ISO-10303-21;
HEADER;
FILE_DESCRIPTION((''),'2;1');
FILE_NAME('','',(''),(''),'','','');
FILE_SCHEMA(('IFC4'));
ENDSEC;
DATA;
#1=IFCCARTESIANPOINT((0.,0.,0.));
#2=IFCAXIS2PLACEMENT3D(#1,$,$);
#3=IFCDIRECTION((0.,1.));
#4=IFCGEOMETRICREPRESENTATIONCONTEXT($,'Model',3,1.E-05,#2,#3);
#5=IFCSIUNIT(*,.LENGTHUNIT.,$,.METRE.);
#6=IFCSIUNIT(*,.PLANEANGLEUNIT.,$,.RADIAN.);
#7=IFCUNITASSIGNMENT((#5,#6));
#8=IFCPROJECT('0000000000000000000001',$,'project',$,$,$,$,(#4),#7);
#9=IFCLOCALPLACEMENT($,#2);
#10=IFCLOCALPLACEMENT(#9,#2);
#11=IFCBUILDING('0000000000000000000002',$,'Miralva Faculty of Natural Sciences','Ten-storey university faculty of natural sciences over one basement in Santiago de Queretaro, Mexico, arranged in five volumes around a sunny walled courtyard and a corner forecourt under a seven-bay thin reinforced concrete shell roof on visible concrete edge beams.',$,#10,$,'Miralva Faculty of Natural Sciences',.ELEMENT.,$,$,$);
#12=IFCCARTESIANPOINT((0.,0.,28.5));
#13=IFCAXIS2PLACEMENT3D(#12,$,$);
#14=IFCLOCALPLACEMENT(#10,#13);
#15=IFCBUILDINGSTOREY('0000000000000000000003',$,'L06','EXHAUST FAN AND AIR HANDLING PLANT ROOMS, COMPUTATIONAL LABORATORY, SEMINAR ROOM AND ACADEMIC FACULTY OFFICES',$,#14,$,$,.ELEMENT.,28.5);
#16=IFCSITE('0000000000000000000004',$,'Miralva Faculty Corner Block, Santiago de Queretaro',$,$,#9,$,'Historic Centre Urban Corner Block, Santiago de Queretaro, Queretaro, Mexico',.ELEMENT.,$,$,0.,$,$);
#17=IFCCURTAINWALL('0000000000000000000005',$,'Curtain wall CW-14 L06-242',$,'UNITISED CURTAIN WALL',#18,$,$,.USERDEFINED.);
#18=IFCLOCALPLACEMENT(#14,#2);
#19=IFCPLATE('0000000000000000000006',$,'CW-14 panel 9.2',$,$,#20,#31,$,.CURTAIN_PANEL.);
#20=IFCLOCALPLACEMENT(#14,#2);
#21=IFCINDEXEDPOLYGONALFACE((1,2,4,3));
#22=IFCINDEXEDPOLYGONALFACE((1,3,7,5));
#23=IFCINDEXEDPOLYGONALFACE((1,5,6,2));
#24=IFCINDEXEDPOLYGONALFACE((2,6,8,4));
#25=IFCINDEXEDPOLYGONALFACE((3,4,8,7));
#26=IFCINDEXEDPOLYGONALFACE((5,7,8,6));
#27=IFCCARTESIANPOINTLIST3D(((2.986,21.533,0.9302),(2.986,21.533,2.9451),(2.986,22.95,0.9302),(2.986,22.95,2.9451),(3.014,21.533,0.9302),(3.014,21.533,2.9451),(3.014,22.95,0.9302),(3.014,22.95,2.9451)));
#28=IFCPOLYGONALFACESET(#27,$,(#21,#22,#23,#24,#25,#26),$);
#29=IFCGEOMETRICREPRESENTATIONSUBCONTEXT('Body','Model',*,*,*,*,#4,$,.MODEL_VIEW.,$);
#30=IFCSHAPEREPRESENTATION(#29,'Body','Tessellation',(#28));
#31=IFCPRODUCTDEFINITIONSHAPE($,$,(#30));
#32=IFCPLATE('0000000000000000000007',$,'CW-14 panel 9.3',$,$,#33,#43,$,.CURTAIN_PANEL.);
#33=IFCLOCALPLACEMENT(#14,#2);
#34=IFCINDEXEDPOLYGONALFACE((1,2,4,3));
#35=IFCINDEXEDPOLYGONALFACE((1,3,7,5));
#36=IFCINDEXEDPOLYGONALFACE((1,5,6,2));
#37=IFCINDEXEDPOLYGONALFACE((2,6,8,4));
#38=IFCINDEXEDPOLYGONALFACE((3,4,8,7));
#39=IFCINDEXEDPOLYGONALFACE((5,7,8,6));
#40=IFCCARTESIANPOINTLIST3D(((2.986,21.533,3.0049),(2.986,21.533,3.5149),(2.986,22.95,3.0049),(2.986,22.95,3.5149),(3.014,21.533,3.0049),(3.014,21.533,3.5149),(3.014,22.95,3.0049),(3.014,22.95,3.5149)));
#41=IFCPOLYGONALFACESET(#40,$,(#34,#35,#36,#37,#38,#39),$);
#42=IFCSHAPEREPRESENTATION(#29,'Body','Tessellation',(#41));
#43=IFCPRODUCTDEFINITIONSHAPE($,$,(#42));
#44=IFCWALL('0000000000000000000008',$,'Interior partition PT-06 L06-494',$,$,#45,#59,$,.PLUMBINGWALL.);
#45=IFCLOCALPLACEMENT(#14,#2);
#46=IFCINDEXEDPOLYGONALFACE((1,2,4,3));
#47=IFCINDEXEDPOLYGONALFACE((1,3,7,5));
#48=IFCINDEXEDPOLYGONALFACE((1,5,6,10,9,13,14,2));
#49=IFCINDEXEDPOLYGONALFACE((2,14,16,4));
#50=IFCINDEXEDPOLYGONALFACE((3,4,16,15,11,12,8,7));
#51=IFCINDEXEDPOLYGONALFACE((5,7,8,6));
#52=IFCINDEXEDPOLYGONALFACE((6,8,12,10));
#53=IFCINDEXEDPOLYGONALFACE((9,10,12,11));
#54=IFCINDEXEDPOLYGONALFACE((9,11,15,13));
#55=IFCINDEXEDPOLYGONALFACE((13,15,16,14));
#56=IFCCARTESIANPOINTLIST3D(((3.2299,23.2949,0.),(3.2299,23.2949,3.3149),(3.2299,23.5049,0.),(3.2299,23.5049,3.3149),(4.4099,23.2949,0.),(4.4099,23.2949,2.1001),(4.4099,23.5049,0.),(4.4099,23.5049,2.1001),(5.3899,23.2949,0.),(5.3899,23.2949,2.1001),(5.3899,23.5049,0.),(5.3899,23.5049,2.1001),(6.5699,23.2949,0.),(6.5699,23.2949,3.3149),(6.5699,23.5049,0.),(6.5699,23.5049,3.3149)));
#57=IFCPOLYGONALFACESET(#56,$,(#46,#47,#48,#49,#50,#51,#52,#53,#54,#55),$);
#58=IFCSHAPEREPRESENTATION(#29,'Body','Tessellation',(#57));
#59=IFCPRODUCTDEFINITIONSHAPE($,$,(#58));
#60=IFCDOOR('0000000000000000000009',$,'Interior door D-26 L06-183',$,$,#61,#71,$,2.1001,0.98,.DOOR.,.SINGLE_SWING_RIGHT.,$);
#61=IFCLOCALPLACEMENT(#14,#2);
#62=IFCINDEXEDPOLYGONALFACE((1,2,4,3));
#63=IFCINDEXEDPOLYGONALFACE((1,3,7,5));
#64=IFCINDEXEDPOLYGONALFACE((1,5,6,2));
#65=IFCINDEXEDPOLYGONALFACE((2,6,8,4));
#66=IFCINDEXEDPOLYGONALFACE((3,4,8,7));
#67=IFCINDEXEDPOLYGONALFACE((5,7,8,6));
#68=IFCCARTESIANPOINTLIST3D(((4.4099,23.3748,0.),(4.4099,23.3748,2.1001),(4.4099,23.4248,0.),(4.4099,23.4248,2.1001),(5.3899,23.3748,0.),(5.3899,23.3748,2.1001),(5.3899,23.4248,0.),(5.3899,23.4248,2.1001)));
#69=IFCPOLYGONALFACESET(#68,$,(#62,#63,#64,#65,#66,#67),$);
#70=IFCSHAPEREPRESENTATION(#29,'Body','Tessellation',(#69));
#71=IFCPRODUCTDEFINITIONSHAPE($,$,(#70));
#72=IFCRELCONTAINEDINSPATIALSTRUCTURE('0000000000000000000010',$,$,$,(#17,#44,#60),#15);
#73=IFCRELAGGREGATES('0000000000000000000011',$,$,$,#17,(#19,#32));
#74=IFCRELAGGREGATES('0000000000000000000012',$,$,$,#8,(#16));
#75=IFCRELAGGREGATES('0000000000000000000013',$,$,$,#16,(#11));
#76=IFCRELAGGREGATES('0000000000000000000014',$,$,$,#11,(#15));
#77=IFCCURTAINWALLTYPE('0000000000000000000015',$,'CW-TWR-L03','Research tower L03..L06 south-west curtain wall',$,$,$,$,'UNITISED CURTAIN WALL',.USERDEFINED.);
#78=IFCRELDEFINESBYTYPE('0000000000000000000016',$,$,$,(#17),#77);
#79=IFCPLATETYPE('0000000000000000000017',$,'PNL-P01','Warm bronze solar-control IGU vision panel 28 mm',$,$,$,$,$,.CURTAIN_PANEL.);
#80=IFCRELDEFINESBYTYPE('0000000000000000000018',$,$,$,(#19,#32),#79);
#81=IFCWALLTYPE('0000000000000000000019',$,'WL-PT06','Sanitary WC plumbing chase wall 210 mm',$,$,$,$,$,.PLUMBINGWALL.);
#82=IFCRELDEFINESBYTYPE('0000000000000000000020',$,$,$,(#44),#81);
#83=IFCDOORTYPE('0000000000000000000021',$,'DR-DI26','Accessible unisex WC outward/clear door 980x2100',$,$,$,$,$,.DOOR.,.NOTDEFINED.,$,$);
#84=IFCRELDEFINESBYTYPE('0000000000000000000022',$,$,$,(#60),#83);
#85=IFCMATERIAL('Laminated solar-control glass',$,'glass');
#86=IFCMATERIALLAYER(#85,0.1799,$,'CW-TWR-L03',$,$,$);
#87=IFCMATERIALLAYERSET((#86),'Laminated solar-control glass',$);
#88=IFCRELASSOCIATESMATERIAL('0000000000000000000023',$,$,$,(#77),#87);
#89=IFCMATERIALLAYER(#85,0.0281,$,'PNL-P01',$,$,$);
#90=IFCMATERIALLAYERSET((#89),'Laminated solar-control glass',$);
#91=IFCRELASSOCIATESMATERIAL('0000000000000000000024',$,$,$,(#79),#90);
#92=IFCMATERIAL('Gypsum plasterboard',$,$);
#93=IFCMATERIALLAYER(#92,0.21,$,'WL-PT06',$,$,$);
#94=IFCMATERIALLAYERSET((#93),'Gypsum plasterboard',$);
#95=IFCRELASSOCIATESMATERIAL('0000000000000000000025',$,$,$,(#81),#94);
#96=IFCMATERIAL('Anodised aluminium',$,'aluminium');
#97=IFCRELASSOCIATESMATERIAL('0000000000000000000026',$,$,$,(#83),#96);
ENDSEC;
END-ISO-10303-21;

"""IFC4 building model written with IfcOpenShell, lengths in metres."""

from ifc_helpers import new_model, si_unit, direction, frame, frame_2d, origin, origin_2d, place, context, subcontext, project, spatial, rectangle, extrude, material, layer, layer_set, type_object, element, fill, aggregate, save


model = new_model("IFC4")

# Units and contexts
model_context = context("Model", 3, precision=1e-05, world=origin(), true_north=direction((0.0, 1.0)))
body_context = subcontext(model_context, "Body", "Model", "MODEL_VIEW")
ifc_project = project(units=[si_unit("LENGTHUNIT", "METRE"), si_unit("PLANEANGLEUNIT", "RADIAN")], contexts=[model_context])

# Site, building, storey
site_placement = place(None, origin())
site = spatial("IfcSite", under=ifc_project, at=site_placement, Name="Miralva Faculty Corner Block, Santiago de Queretaro", LongName="Historic Centre Urban Corner Block, Santiago de Queretaro, Queretaro, Mexico", CompositionType="ELEMENT", RefElevation=0.0)
building_placement = place(site_placement, origin())
building = spatial("IfcBuilding", under=site, at=building_placement, Name="Miralva Faculty of Natural Sciences", Description="Ten-storey university faculty of natural sciences over one basement in Santiago de Queretaro, Mexico, arranged in five volumes around a sunny walled courtyard and a corner forecourt under a seven-bay thin reinforced concrete shell roof on visible concrete edge beams.", LongName="Miralva Faculty of Natural Sciences", CompositionType="ELEMENT")
storey_placement = place(building_placement, frame((0.0, 0.0, 28.5)))
storey = spatial("IfcBuildingStorey", under=building, at=storey_placement, Name="L06", Description="EXHAUST FAN AND AIR HANDLING PLANT ROOMS, COMPUTATIONAL LABORATORY, SEMINAR ROOM AND ACADEMIC FACULTY OFFICES", CompositionType="ELEMENT", Elevation=28.5)

# Curtain wall, plates
ifc_material_1 = material(Name="Laminated solar-control glass", Category="glass")
ifc_layer_1 = layer(ifc_material_1, 0.1799, Name="CW-TWR-L03")
ifc_layer_set_1 = layer_set([ifc_layer_1], Name="Laminated solar-control glass")
curtain_wall_type = type_object("IfcCurtainWallType", Name="CW-TWR-L03", Description="Research tower L03..L06 south-west curtain wall", ElementType="UNITISED CURTAIN WALL", PredefinedType="USERDEFINED", material=ifc_layer_set_1)
curtain_wall_placement = place(storey_placement, origin())
curtain_wall = element("IfcCurtainWall", 1, at=curtain_wall_placement, inside=storey, type_object=curtain_wall_type, Name="Curtain wall CW-14 L06-242", ObjectType="UNITISED CURTAIN WALL", PredefinedType="USERDEFINED")
ifc_material_2 = material(Name="Anodised aluminium", Category="aluminium")
ifc_layer_2 = layer(ifc_material_1, 0.0281, Name="PNL-P01")
ifc_layer_set_2 = layer_set([ifc_layer_2], Name="Laminated solar-control glass")
plate_type = type_object("IfcPlateType", Name="PNL-P01", Description="Warm bronze solar-control IGU vision panel 28 mm", PredefinedType="CURTAIN_PANEL", material=ifc_layer_set_2)
plate_1_placement = place(storey_placement, frame((3.0, 22.2415, 0.9302), z_axis=(0.0, 0.0, 1.0), x_axis=(0.0, 1.0, 0.0)))
plate_1 = element("IfcPlate", 2, at=plate_1_placement, type_object=plate_type, Name="CW-14 panel 9.2", PredefinedType="CURTAIN_PANEL", context=body_context, shape_type="SweptSolid", body=[
    extrude(rectangle(XDim=1.417, YDim=0.0281, at=origin_2d()), origin(), (0.0, 0.0, 1.0), 2.0149),
])
plate_2_placement = place(storey_placement, frame((3.0, 22.2415, 3.0049), z_axis=(0.0, 0.0, 1.0), x_axis=(0.0, 1.0, 0.0)))
plate_2 = element("IfcPlate", 3, at=plate_2_placement, type_object=plate_type, Name="CW-14 panel 9.3", PredefinedType="CURTAIN_PANEL", context=body_context, shape_type="SweptSolid", body=[
    extrude(rectangle(XDim=1.417, YDim=0.0281, at=origin_2d()), origin(), (0.0, 0.0, 1.0), 0.51),
])
aggregate(curtain_wall, [plate_1, plate_2])

# Wall, opening, door
ifc_material_3 = material(Name="Gypsum plasterboard")
ifc_layer_3 = layer(ifc_material_3, 0.21, Name="WL-PT06")
ifc_layer_set_3 = layer_set([ifc_layer_3], Name="Gypsum plasterboard")
wall_type = type_object("IfcWallType", Name="WL-PT06", Description="Sanitary WC plumbing chase wall 210 mm", PredefinedType="PLUMBINGWALL", material=ifc_layer_set_3)
wall_placement = place(storey_placement, frame((3.23, 23.3999, 0.0), z_axis=(0.0, 0.0, 1.0), x_axis=(1.0, 0.0, 0.0)))
wall = element("IfcWall", 4, at=wall_placement, inside=storey, type_object=wall_type, Name="Interior partition PT-06 L06-494", PredefinedType="PLUMBINGWALL", context=body_context, shape_type="SweptSolid", body=[
    extrude(rectangle(XDim=3.3401, YDim=0.21, at=frame_2d((1.6699, 0.0))), origin(), (0.0, 0.0, 1.0), 3.3149),
])
opening_placement = place(wall_placement, frame((1.1799, 0.0, 0.0)))
opening = element("IfcOpeningElement", 5, at=opening_placement, cuts=wall, PredefinedType="OPENING", context=body_context, shape_type="SweptSolid", body=[
    extrude(rectangle(XDim=0.98, YDim=2.1001, at=frame_2d((0.49, 1.05))), frame((0.0, 0.115, 0.0), z_axis=(0.0, -1.0, 0.0), x_axis=(1.0, 0.0, 0.0)), (0.0, 0.0, 1.0), 0.23),
])
door_type = type_object("IfcDoorType", Name="DR-DI26", Description="Accessible unisex WC outward/clear door 980x2100", OperationType="NOTDEFINED", PredefinedType="DOOR", material=ifc_material_2)
door_placement = place(opening_placement, origin())
door = element("IfcDoor", 6, at=door_placement, inside=storey, type_object=door_type, Name="Interior door D-26 L06-183", OperationType="SINGLE_SWING_RIGHT", OverallHeight=2.1001, OverallWidth=0.98, PredefinedType="DOOR", context=body_context, shape_type="SweptSolid", body=[
    extrude(rectangle(XDim=0.98, YDim=2.1001, at=frame_2d((0.49, 1.05))), frame((0.0, 0.0249, 0.0), z_axis=(0.0, -1.0, 0.0), x_axis=(1.0, 0.0, 0.0)), (0.0, 0.0, 1.0), 0.05),
])
fill(opening, door)

save(model, "model.ifc")
